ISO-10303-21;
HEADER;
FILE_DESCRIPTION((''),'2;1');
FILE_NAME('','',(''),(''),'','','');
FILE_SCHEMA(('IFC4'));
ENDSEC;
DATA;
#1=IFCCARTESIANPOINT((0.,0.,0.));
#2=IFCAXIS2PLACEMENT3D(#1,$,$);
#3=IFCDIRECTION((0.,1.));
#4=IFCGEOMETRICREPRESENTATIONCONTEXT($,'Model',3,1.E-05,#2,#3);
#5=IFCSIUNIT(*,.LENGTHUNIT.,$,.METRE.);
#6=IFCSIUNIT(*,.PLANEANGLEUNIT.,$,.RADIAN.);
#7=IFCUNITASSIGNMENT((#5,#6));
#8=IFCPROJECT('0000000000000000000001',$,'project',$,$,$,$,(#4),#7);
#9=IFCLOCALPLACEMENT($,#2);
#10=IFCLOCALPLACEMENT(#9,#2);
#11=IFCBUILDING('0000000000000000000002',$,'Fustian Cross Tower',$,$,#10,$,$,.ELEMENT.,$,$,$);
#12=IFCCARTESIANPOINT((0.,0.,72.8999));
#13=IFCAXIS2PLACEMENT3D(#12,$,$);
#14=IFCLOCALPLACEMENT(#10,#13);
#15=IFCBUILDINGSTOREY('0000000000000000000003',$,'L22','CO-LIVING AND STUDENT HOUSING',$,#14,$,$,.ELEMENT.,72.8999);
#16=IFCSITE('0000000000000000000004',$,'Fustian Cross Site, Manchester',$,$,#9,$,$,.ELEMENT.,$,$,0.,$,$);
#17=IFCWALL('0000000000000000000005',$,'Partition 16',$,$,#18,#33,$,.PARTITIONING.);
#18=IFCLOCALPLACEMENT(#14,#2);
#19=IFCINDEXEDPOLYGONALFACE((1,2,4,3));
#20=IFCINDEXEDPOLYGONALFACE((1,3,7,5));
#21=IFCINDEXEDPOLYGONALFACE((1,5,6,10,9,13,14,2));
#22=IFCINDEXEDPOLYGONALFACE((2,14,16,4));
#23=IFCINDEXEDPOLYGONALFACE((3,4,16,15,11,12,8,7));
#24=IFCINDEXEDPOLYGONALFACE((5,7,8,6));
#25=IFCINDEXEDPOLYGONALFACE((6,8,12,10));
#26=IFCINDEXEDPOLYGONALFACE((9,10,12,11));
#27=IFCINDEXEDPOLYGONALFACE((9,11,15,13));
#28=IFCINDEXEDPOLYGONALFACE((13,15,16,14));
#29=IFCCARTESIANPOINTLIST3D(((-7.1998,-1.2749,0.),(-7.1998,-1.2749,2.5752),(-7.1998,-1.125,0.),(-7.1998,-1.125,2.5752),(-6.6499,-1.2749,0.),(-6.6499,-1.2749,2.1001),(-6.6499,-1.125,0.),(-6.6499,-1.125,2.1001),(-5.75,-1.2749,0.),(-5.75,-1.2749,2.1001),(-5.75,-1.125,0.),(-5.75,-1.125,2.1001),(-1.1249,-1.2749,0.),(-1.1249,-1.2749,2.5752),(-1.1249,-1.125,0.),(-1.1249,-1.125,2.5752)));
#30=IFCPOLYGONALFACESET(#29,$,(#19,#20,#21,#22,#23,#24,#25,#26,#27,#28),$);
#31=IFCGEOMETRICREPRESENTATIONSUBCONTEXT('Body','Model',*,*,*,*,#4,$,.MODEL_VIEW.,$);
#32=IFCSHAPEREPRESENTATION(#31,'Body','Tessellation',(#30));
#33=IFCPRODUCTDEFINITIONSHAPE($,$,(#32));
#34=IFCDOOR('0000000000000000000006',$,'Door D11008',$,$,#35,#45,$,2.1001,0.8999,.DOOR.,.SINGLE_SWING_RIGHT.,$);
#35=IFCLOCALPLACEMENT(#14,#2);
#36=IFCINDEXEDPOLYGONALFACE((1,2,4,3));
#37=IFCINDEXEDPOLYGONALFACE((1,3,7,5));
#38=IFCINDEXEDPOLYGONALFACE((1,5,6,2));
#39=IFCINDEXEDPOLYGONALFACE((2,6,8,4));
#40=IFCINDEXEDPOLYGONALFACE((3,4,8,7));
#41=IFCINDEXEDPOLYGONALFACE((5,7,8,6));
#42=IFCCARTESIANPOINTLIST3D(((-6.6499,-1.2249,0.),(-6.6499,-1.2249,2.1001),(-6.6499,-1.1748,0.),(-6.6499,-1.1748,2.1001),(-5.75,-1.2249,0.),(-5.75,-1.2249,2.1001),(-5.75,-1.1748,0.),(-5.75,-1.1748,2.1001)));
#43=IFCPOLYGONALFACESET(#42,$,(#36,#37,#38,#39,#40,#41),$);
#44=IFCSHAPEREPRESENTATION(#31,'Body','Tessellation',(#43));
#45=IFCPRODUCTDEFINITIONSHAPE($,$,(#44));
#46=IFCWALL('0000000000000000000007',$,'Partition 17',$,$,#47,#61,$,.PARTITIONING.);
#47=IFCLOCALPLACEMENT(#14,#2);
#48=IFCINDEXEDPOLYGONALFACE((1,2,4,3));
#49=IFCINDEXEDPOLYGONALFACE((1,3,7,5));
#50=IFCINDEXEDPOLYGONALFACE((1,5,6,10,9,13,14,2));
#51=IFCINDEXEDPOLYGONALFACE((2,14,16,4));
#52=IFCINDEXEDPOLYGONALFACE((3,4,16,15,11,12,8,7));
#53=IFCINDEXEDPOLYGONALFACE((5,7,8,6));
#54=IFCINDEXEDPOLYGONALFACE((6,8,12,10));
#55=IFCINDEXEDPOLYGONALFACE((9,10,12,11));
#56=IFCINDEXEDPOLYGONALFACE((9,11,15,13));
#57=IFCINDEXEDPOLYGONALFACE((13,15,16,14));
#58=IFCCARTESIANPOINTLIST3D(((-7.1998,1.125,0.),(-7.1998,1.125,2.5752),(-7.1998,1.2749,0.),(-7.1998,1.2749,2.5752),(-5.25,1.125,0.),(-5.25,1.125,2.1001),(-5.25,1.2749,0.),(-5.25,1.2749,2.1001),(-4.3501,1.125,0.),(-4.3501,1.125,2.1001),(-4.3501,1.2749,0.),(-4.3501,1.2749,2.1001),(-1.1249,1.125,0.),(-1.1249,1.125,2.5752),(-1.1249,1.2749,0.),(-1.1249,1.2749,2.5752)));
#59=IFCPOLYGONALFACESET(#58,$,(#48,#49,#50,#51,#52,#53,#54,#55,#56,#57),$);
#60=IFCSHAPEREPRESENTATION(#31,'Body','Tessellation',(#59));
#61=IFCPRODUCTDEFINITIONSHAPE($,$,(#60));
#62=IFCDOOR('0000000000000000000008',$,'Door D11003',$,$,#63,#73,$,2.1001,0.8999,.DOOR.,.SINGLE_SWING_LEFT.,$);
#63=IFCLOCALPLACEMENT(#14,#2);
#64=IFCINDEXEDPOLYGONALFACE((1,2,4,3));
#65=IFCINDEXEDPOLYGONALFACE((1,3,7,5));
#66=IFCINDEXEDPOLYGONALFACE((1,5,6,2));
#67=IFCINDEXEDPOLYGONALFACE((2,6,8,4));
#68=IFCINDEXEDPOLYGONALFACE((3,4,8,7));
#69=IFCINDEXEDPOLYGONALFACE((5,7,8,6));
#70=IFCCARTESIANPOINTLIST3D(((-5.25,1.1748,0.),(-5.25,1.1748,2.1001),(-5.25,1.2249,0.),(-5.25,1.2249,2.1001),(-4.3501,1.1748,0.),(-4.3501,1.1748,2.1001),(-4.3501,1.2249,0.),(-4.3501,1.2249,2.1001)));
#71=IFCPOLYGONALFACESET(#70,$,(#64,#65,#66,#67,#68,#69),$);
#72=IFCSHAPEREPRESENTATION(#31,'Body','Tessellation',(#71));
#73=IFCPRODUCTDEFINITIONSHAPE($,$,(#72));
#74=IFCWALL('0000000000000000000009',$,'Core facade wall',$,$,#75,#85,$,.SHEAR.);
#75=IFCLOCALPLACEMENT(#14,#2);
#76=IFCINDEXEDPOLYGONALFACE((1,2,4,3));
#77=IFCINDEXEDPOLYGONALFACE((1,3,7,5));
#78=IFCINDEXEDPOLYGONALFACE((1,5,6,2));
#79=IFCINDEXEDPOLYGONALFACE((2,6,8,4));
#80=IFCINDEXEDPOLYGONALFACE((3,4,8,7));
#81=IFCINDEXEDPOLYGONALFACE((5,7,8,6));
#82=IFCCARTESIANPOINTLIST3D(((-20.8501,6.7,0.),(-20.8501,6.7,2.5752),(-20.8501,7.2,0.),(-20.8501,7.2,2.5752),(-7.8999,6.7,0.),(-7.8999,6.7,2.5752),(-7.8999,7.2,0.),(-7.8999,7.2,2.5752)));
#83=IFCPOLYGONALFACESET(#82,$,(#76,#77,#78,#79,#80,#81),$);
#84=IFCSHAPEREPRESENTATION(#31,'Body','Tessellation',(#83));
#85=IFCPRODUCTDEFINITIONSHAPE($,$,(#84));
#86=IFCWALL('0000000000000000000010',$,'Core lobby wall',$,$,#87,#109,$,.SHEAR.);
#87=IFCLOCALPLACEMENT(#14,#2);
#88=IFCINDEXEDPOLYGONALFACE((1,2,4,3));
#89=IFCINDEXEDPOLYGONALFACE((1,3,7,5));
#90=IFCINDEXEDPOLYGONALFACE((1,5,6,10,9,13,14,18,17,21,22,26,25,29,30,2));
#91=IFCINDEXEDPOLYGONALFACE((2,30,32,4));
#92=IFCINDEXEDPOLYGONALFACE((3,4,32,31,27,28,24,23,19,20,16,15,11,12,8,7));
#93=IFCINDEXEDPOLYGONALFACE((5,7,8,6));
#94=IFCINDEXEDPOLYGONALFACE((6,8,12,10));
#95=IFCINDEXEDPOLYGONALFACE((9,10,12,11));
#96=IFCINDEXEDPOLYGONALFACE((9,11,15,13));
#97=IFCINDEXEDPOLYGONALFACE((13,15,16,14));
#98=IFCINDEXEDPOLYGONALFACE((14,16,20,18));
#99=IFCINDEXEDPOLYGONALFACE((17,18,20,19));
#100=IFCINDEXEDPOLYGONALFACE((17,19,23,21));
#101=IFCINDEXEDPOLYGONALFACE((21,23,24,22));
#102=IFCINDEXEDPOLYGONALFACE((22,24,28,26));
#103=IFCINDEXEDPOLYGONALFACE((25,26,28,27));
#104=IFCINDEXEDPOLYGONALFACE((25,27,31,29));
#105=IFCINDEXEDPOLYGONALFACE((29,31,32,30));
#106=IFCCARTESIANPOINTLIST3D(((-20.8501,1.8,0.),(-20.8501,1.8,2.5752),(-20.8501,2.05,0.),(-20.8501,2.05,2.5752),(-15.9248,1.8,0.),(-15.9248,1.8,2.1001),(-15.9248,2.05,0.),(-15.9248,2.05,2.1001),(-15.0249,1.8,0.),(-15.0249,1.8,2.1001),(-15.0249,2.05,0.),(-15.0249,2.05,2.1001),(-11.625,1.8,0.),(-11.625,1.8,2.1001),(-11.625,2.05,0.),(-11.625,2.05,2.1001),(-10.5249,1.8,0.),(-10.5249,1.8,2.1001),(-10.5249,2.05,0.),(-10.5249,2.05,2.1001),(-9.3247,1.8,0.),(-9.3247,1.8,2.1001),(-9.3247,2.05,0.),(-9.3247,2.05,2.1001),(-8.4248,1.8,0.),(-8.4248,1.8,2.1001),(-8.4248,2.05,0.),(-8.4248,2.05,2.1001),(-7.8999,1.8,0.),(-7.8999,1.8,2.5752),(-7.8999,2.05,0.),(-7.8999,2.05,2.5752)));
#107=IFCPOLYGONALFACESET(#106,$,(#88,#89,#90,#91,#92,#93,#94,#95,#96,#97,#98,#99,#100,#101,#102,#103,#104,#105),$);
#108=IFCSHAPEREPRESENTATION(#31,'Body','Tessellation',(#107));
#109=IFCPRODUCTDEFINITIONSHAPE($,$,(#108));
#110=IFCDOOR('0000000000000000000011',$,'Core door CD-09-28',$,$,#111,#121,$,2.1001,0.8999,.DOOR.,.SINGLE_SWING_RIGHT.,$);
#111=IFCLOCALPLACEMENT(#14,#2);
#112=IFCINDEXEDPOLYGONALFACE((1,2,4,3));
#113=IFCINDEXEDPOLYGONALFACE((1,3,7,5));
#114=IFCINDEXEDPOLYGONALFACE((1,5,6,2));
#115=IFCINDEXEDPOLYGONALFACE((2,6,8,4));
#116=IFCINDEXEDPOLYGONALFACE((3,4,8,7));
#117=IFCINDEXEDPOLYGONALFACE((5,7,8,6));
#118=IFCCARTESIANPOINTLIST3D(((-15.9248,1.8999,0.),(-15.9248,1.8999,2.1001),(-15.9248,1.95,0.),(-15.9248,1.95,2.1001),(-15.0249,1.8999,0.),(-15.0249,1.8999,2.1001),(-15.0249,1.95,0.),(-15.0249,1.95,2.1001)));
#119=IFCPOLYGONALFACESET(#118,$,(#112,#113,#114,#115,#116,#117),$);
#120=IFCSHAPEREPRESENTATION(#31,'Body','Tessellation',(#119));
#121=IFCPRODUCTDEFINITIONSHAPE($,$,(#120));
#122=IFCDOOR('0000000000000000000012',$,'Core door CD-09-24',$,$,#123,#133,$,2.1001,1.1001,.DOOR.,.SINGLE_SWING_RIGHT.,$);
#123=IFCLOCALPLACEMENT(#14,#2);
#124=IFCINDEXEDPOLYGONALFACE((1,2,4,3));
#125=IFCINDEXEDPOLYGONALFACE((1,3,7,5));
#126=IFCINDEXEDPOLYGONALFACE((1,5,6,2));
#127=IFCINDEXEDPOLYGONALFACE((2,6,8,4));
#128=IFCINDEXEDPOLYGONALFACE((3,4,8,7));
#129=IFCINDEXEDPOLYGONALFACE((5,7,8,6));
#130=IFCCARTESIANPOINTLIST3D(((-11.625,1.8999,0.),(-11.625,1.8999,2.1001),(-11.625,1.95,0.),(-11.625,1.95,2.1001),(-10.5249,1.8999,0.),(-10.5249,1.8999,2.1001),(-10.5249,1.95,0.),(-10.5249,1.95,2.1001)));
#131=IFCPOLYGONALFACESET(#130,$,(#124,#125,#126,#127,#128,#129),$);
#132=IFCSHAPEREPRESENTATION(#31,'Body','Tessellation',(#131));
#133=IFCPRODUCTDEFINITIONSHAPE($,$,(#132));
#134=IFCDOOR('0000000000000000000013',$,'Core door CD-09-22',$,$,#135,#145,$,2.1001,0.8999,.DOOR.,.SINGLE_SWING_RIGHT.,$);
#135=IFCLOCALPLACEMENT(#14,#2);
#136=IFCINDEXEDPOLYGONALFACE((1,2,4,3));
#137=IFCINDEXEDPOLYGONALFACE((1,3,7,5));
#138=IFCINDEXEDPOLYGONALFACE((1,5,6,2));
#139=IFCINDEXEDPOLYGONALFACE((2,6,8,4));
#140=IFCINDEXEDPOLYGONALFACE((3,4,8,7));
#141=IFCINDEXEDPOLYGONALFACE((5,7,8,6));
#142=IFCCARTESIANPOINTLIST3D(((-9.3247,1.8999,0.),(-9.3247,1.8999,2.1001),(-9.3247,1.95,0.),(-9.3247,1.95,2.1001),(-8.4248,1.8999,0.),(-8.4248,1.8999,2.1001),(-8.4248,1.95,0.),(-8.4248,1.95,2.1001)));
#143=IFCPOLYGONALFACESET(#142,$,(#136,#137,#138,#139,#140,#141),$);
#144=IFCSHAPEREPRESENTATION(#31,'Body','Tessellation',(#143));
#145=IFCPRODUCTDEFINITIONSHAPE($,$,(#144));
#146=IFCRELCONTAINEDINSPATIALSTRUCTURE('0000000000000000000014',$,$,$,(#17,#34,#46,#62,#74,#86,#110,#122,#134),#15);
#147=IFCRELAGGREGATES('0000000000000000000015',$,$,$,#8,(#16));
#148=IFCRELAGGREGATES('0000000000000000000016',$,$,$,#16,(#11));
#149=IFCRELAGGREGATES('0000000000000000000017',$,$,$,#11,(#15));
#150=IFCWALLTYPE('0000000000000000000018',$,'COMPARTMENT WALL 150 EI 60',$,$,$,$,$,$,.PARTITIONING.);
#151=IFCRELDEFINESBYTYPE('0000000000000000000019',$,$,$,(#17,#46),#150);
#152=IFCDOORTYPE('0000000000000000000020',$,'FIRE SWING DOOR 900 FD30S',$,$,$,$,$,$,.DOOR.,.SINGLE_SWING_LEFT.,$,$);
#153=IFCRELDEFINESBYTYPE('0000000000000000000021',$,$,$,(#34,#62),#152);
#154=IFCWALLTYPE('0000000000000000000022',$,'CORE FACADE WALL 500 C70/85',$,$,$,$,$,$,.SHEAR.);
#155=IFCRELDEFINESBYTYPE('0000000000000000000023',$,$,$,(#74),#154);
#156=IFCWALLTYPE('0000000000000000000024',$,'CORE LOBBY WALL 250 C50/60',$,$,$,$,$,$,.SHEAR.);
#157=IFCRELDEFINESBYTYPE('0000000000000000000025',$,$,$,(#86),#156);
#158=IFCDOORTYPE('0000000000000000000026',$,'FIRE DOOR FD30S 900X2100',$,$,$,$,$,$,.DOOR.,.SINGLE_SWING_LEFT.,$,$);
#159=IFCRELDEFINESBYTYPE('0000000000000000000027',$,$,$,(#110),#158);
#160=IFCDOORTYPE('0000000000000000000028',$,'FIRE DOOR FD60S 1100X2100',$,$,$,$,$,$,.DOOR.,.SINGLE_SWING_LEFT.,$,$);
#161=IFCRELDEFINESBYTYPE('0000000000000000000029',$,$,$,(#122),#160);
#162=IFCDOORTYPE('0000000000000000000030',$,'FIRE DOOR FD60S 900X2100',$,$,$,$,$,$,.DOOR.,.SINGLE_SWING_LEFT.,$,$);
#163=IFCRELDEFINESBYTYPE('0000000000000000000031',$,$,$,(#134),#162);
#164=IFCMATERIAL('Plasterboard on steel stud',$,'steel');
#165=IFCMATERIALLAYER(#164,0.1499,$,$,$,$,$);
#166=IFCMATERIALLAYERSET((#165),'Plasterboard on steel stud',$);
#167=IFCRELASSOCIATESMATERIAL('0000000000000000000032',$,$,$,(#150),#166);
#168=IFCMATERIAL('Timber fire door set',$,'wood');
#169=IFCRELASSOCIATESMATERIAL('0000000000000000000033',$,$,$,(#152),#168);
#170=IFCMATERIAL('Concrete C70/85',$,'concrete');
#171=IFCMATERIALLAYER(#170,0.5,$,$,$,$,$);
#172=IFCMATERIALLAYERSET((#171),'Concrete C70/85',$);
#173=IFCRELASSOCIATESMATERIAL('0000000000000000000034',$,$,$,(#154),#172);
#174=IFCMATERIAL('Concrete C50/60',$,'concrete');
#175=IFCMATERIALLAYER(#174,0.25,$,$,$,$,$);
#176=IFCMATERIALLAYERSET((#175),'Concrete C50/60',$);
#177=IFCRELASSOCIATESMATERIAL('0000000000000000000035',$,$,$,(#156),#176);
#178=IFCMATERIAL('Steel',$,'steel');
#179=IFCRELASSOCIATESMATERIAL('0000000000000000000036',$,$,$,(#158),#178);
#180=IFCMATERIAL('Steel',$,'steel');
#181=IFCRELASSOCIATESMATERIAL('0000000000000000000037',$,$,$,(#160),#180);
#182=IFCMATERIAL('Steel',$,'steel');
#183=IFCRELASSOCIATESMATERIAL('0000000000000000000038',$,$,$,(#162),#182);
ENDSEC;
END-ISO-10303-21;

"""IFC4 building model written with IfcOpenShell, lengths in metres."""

from ifc_helpers import new_model, si_unit, direction, frame, frame_2d, origin, place, context, subcontext, project, spatial, rectangle, extrude, material, layer, layer_set, type_object, element, fill, save


model = new_model("IFC4")

# Units and contexts
model_context = context("Model", 3, precision=1e-05, world=origin(), true_north=direction((0.0, 1.0)))
body_context = subcontext(model_context, "Body", "Model", "MODEL_VIEW")
ifc_project = project(units=[si_unit("LENGTHUNIT", "METRE"), si_unit("PLANEANGLEUNIT", "RADIAN")], contexts=[model_context])

# Site, building, storey
site_placement = place(None, origin())
site = spatial("IfcSite", under=ifc_project, at=site_placement, Name="Fustian Cross Site, Manchester", CompositionType="ELEMENT", RefElevation=0.0)
building_placement = place(site_placement, origin())
building = spatial("IfcBuilding", under=site, at=building_placement, Name="Fustian Cross Tower", CompositionType="ELEMENT")
storey_placement = place(building_placement, frame((0.0, 0.0, 72.8999)))
storey = spatial("IfcBuildingStorey", under=building, at=storey_placement, Name="L22", Description="CO-LIVING AND STUDENT HOUSING", CompositionType="ELEMENT", Elevation=72.8999)

# Walls, openings, doors
ifc_material_1 = material(Name="Plasterboard on steel stud", Category="steel")
ifc_layer_1 = layer(ifc_material_1, 0.1499)
ifc_layer_set_1 = layer_set([ifc_layer_1], Name="Plasterboard on steel stud")
wall_type_1 = type_object("IfcWallType", Name="COMPARTMENT WALL 150 EI 60", PredefinedType="PARTITIONING", material=ifc_layer_set_1)
wall_1_placement = place(storey_placement, frame((-7.2, -1.2, 0.0), z_axis=(0.0, 0.0, 1.0), x_axis=(1.0, 0.0, 0.0)))
wall_1 = element("IfcWall", 1, at=wall_1_placement, inside=storey, type_object=wall_type_1, Name="Partition 16", PredefinedType="PARTITIONING", context=body_context, shape_type="SweptSolid", body=[
    extrude(rectangle(XDim=6.075, YDim=0.1499, at=frame_2d((3.0376, 0.0))), origin(), (0.0, 0.0, 1.0), 2.5752),
])
opening_1_placement = place(wall_1_placement, frame((0.55, 0.0, 0.0)))
opening_1 = element("IfcOpeningElement", 2, at=opening_1_placement, cuts=wall_1, PredefinedType="OPENING", context=body_context, shape_type="SweptSolid", body=[
    extrude(rectangle(XDim=0.8999, YDim=2.1001, at=frame_2d((0.45, 1.05))), frame((0.0, 0.085, 0.0), z_axis=(0.0, -1.0, 0.0), x_axis=(1.0, 0.0, 0.0)), (0.0, 0.0, 1.0), 0.1699),
])
ifc_material_2 = material(Name="Timber fire door set", Category="wood")
door_type_1 = type_object("IfcDoorType", Name="FIRE SWING DOOR 900 FD30S", OperationType="SINGLE_SWING_LEFT", PredefinedType="DOOR", material=ifc_material_2)
door_1_placement = place(opening_1_placement, frame((0.8999, 0.0, 0.0), z_axis=(0.0, 0.0, 1.0), x_axis=(-1.0, 0.0, 0.0)))
door_1 = element("IfcDoor", 3, at=door_1_placement, inside=storey, type_object=door_type_1, Name="Door D11008", OperationType="SINGLE_SWING_RIGHT", OverallHeight=2.1001, OverallWidth=0.8999, PredefinedType="DOOR", context=body_context, shape_type="SweptSolid", body=[
    extrude(rectangle(XDim=0.8999, YDim=2.1001, at=frame_2d((0.45, 1.05))), frame((0.0, 0.0249, 0.0), z_axis=(0.0, -1.0, 0.0), x_axis=(1.0, 0.0, 0.0)), (0.0, 0.0, 1.0), 0.05),
])
fill(opening_1, door_1)
wall_2_placement = place(storey_placement, frame((-7.2, 1.2, 0.0), z_axis=(0.0, 0.0, 1.0), x_axis=(1.0, 0.0, 0.0)))
wall_2 = element("IfcWall", 4, at=wall_2_placement, inside=storey, type_object=wall_type_1, Name="Partition 17", PredefinedType="PARTITIONING", context=body_context, shape_type="SweptSolid", body=[
    extrude(rectangle(XDim=6.075, YDim=0.1499, at=frame_2d((3.0376, 0.0))), origin(), (0.0, 0.0, 1.0), 2.5752),
])
opening_2_placement = place(wall_2_placement, frame((1.95, 0.0, 0.0)))
opening_2 = element("IfcOpeningElement", 5, at=opening_2_placement, cuts=wall_2, PredefinedType="OPENING", context=body_context, shape_type="SweptSolid", body=[
    extrude(rectangle(XDim=0.8999, YDim=2.1001, at=frame_2d((0.45, 1.05))), frame((0.0, 0.085, 0.0), z_axis=(0.0, -1.0, 0.0), x_axis=(1.0, 0.0, 0.0)), (0.0, 0.0, 1.0), 0.1699),
])
door_2_placement = place(opening_2_placement, origin())
door_2 = element("IfcDoor", 6, at=door_2_placement, inside=storey, type_object=door_type_1, Name="Door D11003", OperationType="SINGLE_SWING_LEFT", OverallHeight=2.1001, OverallWidth=0.8999, PredefinedType="DOOR", context=body_context, shape_type="SweptSolid", body=[
    extrude(rectangle(XDim=0.8999, YDim=2.1001, at=frame_2d((0.45, 1.05))), frame((0.0, 0.0249, 0.0), z_axis=(0.0, -1.0, 0.0), x_axis=(1.0, 0.0, 0.0)), (0.0, 0.0, 1.0), 0.05),
])
fill(opening_2, door_2)

# Wall
ifc_material_3 = material(Name="Concrete C70/85", Category="concrete")
ifc_layer_2 = layer(ifc_material_3, 0.5)
ifc_layer_set_2 = layer_set([ifc_layer_2], Name="Concrete C70/85")
wall_type_2 = type_object("IfcWallType", Name="CORE FACADE WALL 500 C70/85", PredefinedType="SHEAR", material=ifc_layer_set_2)
wall_3_placement = place(storey_placement, frame((-7.8999, 6.95, 0.0), z_axis=(0.0, 0.0, 1.0), x_axis=(-1.0, 0.0, 0.0)))
element("IfcWall", 7, at=wall_3_placement, inside=storey, type_object=wall_type_2, Name="Core facade wall", PredefinedType="SHEAR", context=body_context, shape_type="SweptSolid", body=[
    extrude(rectangle(XDim=12.9502, YDim=0.5, at=frame_2d((6.4751, 0.0))), origin(), (0.0, 0.0, 1.0), 2.5752),
])

# Wall, openings, doors
ifc_material_4 = material(Name="Concrete C50/60", Category="concrete")
ifc_layer_3 = layer(ifc_material_4, 0.25)
ifc_layer_set_3 = layer_set([ifc_layer_3], Name="Concrete C50/60")
wall_type_3 = type_object("IfcWallType", Name="CORE LOBBY WALL 250 C50/60", PredefinedType="SHEAR", material=ifc_layer_set_3)
wall_4_placement = place(storey_placement, frame((-7.8999, 1.925, 0.0), z_axis=(0.0, 0.0, 1.0), x_axis=(-1.0, 0.0, 0.0)))
wall_4 = element("IfcWall", 8, at=wall_4_placement, inside=storey, type_object=wall_type_3, Name="Core lobby wall", PredefinedType="SHEAR", context=body_context, shape_type="SweptSolid", body=[
    extrude(rectangle(XDim=12.9502, YDim=0.25, at=frame_2d((6.4751, 0.0))), origin(), (0.0, 0.0, 1.0), 2.5752),
])
opening_3_placement = place(wall_4_placement, frame((0.5249, 0.0, 0.0)))
opening_3 = element("IfcOpeningElement", 9, at=opening_3_placement, cuts=wall_4, PredefinedType="OPENING", context=body_context, shape_type="SweptSolid", body=[
    extrude(rectangle(XDim=0.8999, YDim=2.1001, at=frame_2d((0.45, 1.05))), frame((0.0, 0.135, 0.0), z_axis=(0.0, -1.0, 0.0), x_axis=(1.0, 0.0, 0.0)), (0.0, 0.0, 1.0), 0.27),
])
opening_4_placement = place(wall_4_placement, frame((2.625, 0.0, 0.0)))
opening_4 = element("IfcOpeningElement", 10, at=opening_4_placement, cuts=wall_4, PredefinedType="OPENING", context=body_context, shape_type="SweptSolid", body=[
    extrude(rectangle(XDim=1.1001, YDim=2.1001, at=frame_2d((0.55, 1.05))), frame((0.0, 0.135, 0.0), z_axis=(0.0, -1.0, 0.0), x_axis=(1.0, 0.0, 0.0)), (0.0, 0.0, 1.0), 0.27),
])
opening_5_placement = place(wall_4_placement, frame((7.125, 0.0, 0.0)))
opening_5 = element("IfcOpeningElement", 11, at=opening_5_placement, cuts=wall_4, PredefinedType="OPENING", context=body_context, shape_type="SweptSolid", body=[
    extrude(rectangle(XDim=0.8999, YDim=2.1001, at=frame_2d((0.45, 1.05))), frame((0.0, 0.135, 0.0), z_axis=(0.0, -1.0, 0.0), x_axis=(1.0, 0.0, 0.0)), (0.0, 0.0, 1.0), 0.27),
])
ifc_material_5 = material(Name="Steel", Category="steel")
door_type_2 = type_object("IfcDoorType", Name="FIRE DOOR FD30S 900X2100", OperationType="SINGLE_SWING_LEFT", PredefinedType="DOOR", material=ifc_material_5)
door_3_placement = place(opening_5_placement, frame((0.8999, 0.0, 0.0), z_axis=(0.0, 0.0, 1.0), x_axis=(-1.0, 0.0, 0.0)))
door_3 = element("IfcDoor", 12, at=door_3_placement, inside=storey, type_object=door_type_2, Name="Core door CD-09-28", OperationType="SINGLE_SWING_RIGHT", OverallHeight=2.1001, OverallWidth=0.8999, PredefinedType="DOOR", context=body_context, shape_type="SweptSolid", body=[
    extrude(rectangle(XDim=0.8999, YDim=2.1001, at=frame_2d((0.45, 1.05))), frame((0.0, 0.0249, 0.0), z_axis=(0.0, -1.0, 0.0), x_axis=(1.0, 0.0, 0.0)), (0.0, 0.0, 1.0), 0.05),
])
fill(opening_5, door_3)
ifc_material_6 = material(Name="Steel", Category="steel")
door_type_3 = type_object("IfcDoorType", Name="FIRE DOOR FD60S 1100X2100", OperationType="SINGLE_SWING_LEFT", PredefinedType="DOOR", material=ifc_material_6)
door_4_placement = place(opening_4_placement, frame((1.1001, 0.0, 0.0), z_axis=(0.0, 0.0, 1.0), x_axis=(-1.0, 0.0, 0.0)))
door_4 = element("IfcDoor", 13, at=door_4_placement, inside=storey, type_object=door_type_3, Name="Core door CD-09-24", OperationType="SINGLE_SWING_RIGHT", OverallHeight=2.1001, OverallWidth=1.1001, PredefinedType="DOOR", context=body_context, shape_type="SweptSolid", body=[
    extrude(rectangle(XDim=1.1001, YDim=2.1001, at=frame_2d((0.55, 1.05))), frame((0.0, 0.0249, 0.0), z_axis=(0.0, -1.0, 0.0), x_axis=(1.0, 0.0, 0.0)), (0.0, 0.0, 1.0), 0.05),
])
fill(opening_4, door_4)
ifc_material_7 = material(Name="Steel", Category="steel")
door_type_4 = type_object("IfcDoorType", Name="FIRE DOOR FD60S 900X2100", OperationType="SINGLE_SWING_LEFT", PredefinedType="DOOR", material=ifc_material_7)
door_5_placement = place(opening_3_placement, frame((0.8999, 0.0, 0.0), z_axis=(0.0, 0.0, 1.0), x_axis=(-1.0, 0.0, 0.0)))
door_5 = element("IfcDoor", 14, at=door_5_placement, inside=storey, type_object=door_type_4, Name="Core door CD-09-22", OperationType="SINGLE_SWING_RIGHT", OverallHeight=2.1001, OverallWidth=0.8999, PredefinedType="DOOR", context=body_context, shape_type="SweptSolid", body=[
    extrude(rectangle(XDim=0.8999, YDim=2.1001, at=frame_2d((0.45, 1.05))), frame((0.0, 0.0249, 0.0), z_axis=(0.0, -1.0, 0.0), x_axis=(1.0, 0.0, 0.0)), (0.0, 0.0, 1.0), 0.05),
])
fill(opening_3, door_5)

save(model, "model.ifc")
